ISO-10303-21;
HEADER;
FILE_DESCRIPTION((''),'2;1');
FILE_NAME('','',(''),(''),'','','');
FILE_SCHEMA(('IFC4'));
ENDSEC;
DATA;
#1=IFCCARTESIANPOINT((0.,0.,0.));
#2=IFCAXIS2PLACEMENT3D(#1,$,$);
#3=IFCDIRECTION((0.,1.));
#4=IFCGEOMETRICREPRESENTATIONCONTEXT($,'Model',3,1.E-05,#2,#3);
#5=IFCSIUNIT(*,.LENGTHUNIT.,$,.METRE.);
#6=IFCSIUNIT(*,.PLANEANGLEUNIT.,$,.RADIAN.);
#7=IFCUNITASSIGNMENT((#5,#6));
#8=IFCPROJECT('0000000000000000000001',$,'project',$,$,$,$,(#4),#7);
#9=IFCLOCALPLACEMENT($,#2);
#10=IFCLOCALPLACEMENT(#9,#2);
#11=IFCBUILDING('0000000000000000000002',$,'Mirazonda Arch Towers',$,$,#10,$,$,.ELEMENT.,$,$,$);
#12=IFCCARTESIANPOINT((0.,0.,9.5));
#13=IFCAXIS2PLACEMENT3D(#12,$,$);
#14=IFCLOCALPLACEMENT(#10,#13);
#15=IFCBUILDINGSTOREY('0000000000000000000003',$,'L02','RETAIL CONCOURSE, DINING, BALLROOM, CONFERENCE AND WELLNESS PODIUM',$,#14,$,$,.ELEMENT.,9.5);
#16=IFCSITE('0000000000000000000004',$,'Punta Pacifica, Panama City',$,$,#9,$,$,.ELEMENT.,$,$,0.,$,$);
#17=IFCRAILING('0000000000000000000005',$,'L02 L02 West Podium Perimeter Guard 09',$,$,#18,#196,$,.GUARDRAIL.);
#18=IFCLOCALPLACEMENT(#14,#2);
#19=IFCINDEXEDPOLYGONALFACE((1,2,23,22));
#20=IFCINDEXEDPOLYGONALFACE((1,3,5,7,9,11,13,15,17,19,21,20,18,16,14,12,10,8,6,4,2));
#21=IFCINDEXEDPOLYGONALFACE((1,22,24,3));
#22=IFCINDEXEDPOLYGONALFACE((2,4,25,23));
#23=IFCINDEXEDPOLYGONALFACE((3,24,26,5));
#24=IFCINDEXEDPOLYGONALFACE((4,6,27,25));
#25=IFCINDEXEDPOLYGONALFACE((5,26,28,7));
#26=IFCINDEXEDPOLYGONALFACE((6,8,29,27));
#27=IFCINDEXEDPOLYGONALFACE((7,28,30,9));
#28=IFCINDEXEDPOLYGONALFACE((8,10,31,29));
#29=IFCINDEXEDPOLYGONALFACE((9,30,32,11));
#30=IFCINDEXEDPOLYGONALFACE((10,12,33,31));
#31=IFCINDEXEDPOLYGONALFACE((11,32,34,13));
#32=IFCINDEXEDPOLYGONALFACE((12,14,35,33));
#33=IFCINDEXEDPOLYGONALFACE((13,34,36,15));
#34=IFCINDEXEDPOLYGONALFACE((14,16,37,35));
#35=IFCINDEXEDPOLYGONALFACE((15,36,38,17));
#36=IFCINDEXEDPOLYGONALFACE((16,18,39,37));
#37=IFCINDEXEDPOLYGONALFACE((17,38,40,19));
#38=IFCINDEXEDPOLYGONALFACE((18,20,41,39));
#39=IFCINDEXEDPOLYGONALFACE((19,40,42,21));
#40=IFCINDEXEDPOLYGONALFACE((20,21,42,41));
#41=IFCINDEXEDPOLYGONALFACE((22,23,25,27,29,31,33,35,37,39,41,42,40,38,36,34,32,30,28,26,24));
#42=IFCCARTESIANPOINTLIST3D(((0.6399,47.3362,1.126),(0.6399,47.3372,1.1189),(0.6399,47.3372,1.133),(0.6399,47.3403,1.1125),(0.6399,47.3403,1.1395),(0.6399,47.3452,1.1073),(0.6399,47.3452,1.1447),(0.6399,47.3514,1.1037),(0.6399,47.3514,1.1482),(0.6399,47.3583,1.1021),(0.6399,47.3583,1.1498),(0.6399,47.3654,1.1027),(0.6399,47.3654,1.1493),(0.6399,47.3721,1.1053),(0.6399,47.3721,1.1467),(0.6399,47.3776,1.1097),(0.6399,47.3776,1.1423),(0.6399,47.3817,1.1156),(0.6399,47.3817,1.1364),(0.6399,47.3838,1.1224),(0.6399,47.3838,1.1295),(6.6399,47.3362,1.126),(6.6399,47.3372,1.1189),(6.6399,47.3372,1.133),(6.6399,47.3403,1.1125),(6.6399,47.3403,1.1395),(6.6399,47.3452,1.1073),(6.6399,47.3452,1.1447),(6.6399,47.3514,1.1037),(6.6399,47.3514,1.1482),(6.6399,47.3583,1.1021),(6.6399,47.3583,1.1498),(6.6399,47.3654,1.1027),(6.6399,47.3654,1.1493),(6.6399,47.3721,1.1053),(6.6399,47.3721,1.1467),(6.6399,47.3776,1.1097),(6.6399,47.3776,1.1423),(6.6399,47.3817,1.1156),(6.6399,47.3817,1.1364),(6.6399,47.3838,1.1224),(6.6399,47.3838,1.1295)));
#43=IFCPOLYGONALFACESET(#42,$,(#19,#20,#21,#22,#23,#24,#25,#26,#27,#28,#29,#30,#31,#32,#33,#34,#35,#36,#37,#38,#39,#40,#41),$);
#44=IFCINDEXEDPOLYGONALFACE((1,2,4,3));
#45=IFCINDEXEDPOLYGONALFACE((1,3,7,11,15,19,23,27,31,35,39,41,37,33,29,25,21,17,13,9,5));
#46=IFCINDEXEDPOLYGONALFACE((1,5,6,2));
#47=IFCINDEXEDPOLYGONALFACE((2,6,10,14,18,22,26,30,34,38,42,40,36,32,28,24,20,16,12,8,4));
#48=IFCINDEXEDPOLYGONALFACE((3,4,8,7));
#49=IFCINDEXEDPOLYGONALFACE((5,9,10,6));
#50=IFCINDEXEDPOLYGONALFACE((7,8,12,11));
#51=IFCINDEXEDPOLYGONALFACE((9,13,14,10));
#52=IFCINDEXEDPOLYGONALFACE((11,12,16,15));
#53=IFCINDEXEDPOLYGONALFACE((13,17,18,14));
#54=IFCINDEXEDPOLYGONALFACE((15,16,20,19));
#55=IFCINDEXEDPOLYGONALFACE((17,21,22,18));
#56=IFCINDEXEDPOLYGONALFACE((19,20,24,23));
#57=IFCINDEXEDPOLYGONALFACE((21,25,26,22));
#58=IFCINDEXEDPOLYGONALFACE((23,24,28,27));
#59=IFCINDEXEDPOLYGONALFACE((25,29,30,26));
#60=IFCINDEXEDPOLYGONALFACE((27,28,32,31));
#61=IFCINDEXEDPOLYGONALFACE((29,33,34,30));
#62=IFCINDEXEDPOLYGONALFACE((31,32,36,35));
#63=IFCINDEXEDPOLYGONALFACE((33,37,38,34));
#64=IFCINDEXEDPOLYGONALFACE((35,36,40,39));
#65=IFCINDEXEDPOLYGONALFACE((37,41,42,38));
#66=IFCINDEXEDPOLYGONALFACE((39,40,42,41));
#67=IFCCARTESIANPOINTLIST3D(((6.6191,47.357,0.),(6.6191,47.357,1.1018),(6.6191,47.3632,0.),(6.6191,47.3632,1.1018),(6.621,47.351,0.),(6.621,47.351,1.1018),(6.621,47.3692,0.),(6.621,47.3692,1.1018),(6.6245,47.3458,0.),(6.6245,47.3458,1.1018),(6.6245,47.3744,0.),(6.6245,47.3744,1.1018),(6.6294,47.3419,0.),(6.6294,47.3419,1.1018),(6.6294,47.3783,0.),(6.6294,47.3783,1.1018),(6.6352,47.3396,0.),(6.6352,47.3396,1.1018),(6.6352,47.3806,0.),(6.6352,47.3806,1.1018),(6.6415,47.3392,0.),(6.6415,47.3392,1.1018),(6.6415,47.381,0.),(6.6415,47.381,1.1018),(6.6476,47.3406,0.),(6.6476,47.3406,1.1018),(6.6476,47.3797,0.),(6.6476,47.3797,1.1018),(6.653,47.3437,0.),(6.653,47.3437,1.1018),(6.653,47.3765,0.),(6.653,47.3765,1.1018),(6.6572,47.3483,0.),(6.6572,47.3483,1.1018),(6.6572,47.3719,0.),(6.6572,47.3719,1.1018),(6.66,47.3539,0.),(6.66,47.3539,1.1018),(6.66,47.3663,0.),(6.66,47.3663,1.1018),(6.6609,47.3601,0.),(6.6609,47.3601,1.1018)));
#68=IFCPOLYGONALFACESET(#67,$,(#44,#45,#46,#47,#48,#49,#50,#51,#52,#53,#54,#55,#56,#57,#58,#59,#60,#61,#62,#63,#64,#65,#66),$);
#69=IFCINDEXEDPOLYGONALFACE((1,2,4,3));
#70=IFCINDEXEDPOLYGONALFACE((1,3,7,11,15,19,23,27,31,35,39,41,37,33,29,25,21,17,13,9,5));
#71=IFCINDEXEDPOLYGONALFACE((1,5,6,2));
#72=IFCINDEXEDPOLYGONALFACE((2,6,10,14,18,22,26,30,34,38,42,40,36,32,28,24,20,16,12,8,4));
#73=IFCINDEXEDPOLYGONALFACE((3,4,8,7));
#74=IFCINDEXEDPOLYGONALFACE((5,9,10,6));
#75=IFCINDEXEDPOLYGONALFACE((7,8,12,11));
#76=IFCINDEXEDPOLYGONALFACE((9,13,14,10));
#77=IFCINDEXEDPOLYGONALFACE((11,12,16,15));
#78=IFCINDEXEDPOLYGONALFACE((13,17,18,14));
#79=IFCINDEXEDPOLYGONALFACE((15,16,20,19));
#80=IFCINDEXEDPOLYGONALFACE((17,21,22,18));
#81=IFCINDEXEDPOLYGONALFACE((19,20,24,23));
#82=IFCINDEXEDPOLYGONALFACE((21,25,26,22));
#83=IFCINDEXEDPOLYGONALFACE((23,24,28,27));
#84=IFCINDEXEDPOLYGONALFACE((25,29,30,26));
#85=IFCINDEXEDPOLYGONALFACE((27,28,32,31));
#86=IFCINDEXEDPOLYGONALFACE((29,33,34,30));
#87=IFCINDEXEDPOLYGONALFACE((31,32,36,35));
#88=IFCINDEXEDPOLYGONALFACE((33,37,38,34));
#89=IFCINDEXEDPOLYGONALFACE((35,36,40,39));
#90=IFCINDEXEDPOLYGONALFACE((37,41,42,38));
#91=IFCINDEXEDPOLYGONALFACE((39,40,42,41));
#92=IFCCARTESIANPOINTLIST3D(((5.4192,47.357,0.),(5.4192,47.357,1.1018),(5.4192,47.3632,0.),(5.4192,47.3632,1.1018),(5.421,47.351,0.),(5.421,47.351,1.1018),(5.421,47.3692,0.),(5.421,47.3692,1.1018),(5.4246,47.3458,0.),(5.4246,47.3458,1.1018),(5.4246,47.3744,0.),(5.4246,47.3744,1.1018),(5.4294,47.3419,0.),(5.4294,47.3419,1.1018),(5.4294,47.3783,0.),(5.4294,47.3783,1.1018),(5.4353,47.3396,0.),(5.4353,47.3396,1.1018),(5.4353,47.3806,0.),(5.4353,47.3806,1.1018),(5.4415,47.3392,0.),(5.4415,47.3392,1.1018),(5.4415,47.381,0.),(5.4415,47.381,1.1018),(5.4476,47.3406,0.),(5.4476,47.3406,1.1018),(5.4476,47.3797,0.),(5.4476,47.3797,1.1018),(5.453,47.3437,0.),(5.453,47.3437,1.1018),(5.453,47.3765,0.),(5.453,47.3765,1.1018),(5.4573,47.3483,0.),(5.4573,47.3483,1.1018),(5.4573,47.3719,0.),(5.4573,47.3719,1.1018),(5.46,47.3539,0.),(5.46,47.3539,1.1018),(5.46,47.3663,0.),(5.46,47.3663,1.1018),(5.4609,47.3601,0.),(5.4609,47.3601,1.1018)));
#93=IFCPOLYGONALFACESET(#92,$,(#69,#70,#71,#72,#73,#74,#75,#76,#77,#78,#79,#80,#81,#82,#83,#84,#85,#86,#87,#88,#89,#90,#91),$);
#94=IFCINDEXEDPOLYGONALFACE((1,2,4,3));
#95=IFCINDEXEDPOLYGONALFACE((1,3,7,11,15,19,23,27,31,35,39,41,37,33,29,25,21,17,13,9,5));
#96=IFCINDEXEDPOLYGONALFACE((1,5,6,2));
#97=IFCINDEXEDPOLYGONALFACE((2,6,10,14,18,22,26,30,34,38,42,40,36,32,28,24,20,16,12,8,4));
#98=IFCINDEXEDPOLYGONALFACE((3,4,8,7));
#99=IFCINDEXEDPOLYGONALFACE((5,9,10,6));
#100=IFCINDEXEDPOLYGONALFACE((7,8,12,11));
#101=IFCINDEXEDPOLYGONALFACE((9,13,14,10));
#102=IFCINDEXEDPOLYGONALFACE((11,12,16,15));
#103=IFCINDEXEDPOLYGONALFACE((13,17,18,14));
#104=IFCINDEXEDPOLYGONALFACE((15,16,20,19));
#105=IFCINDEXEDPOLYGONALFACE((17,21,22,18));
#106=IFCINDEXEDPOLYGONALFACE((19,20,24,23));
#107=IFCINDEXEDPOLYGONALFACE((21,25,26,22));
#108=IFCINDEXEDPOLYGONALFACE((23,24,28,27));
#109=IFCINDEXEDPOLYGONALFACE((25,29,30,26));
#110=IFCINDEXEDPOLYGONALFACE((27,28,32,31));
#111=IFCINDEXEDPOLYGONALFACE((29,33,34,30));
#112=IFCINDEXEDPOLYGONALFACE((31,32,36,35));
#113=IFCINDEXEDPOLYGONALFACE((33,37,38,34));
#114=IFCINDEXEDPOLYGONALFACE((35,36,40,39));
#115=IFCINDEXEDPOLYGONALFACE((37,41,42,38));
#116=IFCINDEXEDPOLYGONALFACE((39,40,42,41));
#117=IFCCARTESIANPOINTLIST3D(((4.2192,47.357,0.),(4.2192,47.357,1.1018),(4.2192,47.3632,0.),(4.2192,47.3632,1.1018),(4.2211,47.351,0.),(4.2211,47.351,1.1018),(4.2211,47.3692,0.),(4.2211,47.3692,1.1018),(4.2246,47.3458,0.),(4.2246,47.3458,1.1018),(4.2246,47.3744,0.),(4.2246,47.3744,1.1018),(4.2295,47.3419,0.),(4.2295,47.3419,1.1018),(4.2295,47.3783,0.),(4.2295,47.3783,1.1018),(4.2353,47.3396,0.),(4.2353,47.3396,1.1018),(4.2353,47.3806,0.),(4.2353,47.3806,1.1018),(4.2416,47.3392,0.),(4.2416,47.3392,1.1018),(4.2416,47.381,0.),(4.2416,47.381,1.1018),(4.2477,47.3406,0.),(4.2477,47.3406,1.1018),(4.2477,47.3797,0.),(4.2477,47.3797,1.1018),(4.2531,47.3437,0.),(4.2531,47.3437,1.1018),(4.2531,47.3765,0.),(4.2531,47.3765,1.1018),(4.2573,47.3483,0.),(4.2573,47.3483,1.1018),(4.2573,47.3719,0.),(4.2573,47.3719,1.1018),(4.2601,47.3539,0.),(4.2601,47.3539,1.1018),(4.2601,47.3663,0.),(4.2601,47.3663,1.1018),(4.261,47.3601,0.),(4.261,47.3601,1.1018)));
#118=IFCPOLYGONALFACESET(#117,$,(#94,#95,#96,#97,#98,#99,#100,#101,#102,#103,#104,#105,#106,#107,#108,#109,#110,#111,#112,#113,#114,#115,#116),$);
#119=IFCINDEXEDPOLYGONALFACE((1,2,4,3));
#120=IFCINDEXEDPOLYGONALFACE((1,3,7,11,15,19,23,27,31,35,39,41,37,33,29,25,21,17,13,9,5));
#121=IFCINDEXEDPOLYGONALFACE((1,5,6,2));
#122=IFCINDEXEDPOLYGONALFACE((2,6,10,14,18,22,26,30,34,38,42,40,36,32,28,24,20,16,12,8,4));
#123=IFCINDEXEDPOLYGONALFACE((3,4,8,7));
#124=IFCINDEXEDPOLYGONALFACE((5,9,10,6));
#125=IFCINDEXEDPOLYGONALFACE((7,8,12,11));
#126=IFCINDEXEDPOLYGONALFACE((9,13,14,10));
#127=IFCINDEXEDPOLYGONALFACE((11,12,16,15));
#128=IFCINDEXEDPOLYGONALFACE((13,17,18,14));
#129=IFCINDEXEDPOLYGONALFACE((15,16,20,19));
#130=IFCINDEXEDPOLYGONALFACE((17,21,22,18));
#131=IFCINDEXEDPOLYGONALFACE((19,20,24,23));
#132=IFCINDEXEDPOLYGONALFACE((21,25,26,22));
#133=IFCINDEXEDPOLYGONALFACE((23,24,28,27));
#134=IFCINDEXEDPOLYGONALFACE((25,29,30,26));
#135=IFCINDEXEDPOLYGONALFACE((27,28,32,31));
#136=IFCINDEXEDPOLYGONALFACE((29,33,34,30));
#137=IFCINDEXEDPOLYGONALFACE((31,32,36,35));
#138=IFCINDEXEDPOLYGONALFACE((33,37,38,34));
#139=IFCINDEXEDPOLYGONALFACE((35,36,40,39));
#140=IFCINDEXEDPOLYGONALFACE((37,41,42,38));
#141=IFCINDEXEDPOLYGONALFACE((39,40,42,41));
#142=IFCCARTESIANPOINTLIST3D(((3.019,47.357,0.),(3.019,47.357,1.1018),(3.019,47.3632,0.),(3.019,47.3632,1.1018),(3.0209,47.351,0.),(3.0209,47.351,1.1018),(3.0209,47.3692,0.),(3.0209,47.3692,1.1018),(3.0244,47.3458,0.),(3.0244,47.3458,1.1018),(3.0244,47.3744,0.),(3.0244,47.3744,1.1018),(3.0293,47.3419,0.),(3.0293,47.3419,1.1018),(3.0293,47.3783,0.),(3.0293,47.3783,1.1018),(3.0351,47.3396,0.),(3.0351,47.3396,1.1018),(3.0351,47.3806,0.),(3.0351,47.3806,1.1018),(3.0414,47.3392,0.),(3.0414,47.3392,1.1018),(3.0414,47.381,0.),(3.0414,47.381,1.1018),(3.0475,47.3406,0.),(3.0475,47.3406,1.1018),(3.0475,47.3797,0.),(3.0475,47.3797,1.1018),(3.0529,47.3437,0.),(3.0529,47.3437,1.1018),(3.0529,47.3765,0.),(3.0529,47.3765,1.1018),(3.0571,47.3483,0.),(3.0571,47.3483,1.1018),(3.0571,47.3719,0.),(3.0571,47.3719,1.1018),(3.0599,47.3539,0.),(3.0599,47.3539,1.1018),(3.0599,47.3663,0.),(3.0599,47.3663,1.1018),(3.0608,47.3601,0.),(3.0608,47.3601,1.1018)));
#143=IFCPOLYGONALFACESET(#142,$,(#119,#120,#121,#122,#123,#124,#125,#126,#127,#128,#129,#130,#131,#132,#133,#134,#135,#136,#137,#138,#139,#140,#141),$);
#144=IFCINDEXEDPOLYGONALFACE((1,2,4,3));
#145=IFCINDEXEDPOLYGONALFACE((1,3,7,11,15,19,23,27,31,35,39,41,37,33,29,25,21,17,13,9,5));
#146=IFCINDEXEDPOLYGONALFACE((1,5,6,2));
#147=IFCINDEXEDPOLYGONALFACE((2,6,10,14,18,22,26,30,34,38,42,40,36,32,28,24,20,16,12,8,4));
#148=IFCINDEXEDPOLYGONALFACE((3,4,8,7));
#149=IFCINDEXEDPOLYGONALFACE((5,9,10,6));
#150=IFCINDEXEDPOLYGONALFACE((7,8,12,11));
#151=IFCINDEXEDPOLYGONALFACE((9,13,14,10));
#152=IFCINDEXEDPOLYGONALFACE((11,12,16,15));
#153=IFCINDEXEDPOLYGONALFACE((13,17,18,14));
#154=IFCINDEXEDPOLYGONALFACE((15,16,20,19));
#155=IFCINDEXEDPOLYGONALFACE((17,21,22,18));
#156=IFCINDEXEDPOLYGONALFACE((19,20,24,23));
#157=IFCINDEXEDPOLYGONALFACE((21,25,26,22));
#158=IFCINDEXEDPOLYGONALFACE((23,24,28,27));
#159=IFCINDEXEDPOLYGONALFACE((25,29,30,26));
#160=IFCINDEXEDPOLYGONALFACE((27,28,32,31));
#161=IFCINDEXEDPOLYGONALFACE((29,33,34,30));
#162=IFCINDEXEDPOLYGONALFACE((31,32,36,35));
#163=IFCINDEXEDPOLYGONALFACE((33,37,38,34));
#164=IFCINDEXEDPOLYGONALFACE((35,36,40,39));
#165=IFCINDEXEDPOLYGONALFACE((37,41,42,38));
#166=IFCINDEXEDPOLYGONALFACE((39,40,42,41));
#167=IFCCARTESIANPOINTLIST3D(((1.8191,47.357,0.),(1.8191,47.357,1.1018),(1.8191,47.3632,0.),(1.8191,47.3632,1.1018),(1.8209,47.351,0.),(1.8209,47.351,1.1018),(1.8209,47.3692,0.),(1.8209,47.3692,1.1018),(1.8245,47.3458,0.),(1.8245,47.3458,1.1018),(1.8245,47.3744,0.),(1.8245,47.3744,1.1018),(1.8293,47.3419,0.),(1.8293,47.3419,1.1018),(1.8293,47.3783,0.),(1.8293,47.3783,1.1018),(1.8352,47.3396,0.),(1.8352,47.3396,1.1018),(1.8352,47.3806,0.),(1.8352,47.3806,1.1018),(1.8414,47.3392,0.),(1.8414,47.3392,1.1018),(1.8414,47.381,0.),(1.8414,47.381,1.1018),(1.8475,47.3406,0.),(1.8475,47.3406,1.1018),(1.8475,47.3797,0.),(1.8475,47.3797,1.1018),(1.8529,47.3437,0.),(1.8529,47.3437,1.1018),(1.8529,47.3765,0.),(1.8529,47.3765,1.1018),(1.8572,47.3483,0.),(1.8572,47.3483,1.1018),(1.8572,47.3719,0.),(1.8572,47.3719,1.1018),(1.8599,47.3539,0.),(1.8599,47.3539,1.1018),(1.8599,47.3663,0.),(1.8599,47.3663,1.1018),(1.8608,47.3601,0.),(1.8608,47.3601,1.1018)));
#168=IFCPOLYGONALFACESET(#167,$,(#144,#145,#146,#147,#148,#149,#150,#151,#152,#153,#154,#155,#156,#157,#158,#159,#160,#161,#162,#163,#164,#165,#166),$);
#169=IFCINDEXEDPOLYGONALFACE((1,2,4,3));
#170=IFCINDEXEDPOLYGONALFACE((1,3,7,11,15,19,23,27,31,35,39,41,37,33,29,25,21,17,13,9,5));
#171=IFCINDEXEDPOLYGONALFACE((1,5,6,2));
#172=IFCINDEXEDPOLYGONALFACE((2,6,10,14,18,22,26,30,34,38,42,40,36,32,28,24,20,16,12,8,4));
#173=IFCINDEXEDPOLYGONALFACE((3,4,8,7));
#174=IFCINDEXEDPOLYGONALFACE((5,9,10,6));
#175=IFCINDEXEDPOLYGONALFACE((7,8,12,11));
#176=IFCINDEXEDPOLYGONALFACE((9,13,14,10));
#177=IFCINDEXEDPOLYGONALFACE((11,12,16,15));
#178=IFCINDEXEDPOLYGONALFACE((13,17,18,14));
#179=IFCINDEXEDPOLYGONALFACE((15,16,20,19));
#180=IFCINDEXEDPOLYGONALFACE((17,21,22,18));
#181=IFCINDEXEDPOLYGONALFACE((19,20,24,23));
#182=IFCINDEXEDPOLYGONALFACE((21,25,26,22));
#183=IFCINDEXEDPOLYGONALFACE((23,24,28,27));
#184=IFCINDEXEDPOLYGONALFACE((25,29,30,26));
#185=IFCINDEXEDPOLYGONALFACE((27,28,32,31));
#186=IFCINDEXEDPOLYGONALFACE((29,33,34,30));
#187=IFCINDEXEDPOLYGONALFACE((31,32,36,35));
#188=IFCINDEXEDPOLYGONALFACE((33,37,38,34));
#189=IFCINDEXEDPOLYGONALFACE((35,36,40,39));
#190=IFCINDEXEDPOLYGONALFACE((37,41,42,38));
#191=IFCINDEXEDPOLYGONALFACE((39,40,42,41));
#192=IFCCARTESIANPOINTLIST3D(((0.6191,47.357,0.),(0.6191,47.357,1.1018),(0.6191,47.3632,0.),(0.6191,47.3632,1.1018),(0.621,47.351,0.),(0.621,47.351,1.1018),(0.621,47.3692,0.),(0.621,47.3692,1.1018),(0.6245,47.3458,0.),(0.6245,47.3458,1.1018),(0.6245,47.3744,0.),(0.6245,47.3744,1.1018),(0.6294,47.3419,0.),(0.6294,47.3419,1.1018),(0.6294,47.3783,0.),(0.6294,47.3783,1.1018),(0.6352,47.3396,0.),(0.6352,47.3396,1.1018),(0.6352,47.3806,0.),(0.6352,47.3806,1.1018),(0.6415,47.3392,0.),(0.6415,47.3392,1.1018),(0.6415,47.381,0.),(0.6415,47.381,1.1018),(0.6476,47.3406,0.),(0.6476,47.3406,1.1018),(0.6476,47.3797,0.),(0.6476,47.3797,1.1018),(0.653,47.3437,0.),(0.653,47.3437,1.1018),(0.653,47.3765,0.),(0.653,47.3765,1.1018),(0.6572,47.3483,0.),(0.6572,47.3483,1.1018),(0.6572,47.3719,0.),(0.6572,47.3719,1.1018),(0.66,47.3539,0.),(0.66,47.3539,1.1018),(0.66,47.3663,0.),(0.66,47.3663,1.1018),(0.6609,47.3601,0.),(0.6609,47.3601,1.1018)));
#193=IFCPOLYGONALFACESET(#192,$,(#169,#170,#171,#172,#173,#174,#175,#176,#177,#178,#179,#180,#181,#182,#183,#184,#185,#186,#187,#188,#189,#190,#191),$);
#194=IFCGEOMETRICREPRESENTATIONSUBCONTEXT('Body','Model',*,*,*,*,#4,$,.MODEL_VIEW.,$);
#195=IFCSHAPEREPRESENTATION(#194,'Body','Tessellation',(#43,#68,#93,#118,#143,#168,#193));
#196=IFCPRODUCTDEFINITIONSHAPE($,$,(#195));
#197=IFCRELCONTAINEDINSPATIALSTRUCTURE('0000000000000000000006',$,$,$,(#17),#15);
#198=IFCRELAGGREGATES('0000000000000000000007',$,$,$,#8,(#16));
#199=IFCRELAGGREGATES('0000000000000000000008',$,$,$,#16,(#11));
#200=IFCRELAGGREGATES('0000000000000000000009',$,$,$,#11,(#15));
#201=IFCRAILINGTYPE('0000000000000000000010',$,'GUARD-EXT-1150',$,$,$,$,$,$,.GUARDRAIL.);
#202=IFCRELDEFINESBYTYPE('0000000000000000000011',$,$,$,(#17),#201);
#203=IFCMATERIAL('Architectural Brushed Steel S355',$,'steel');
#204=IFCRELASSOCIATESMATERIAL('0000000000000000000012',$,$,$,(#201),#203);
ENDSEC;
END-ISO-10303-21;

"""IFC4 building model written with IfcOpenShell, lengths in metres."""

from ifc_helpers import new_model, si_unit, direction, frame, origin, origin_2d, place, context, subcontext, project, spatial, circle, extrude, material, type_object, element, save


model = new_model("IFC4")

# Units and contexts
model_context = context("Model", 3, precision=1e-05, world=origin(), true_north=direction((0.0, 1.0)))
body_context = subcontext(model_context, "Body", "Model", "MODEL_VIEW")
ifc_project = project(units=[si_unit("LENGTHUNIT", "METRE"), si_unit("PLANEANGLEUNIT", "RADIAN")], contexts=[model_context])

# Site, building, storey
site_placement = place(None, origin())
site = spatial("IfcSite", under=ifc_project, at=site_placement, Name="Punta Pacifica, Panama City", CompositionType="ELEMENT", RefElevation=0.0)
building_placement = place(site_placement, origin())
building = spatial("IfcBuilding", under=site, at=building_placement, Name="Mirazonda Arch Towers", CompositionType="ELEMENT")
storey_placement = place(building_placement, frame((0.0, 0.0, 9.5)))
storey = spatial("IfcBuildingStorey", under=building, at=storey_placement, Name="L02", Description="RETAIL CONCOURSE, DINING, BALLROOM, CONFERENCE AND WELLNESS PODIUM", CompositionType="ELEMENT", Elevation=9.5)

# Railing
ifc_material_1 = material(Name="Architectural Brushed Steel S355", Category="steel")
railing_type = type_object("IfcRailingType", Name="GUARD-EXT-1150", PredefinedType="GUARDRAIL", material=ifc_material_1)
railing_1_placement = place(storey_placement, frame((6.6399, 47.3601, 0.0)))
element("IfcRailing", 1, at=railing_1_placement, inside=storey, type_object=railing_type, Name="L02 L02 West Podium Perimeter Guard 09", PredefinedType="GUARDRAIL", context=body_context, shape_type="SweptSolid", body=[
    extrude(circle(Radius=0.0239, at=origin_2d()), frame((0.0, 0.0, 1.126), z_axis=(-1.0, 0.0, 0.0), x_axis=(0.0, -1.0, 0.0)), (0.0, 0.0, 1.0), 6.0),
    extrude(circle(Radius=0.021, at=origin_2d()), origin(), (0.0, 0.0, 1.0), 1.1018),
    extrude(circle(Radius=0.021, at=origin_2d()), frame((-1.2, 0.0, 0.0)), (0.0, 0.0, 1.0), 1.1018),
    extrude(circle(Radius=0.021, at=origin_2d()), frame((-2.3999, 0.0, 0.0)), (0.0, 0.0, 1.0), 1.1018),
    extrude(circle(Radius=0.021, at=origin_2d()), frame((-3.6001, 0.0, 0.0)), (0.0, 0.0, 1.0), 1.1018),
    extrude(circle(Radius=0.021, at=origin_2d()), frame((-4.8, 0.0, 0.0)), (0.0, 0.0, 1.0), 1.1018),
    extrude(circle(Radius=0.021, at=origin_2d()), frame((-6.0, 0.0, 0.0)), (0.0, 0.0, 1.0), 1.1018),
])

save(model, "model.ifc")
